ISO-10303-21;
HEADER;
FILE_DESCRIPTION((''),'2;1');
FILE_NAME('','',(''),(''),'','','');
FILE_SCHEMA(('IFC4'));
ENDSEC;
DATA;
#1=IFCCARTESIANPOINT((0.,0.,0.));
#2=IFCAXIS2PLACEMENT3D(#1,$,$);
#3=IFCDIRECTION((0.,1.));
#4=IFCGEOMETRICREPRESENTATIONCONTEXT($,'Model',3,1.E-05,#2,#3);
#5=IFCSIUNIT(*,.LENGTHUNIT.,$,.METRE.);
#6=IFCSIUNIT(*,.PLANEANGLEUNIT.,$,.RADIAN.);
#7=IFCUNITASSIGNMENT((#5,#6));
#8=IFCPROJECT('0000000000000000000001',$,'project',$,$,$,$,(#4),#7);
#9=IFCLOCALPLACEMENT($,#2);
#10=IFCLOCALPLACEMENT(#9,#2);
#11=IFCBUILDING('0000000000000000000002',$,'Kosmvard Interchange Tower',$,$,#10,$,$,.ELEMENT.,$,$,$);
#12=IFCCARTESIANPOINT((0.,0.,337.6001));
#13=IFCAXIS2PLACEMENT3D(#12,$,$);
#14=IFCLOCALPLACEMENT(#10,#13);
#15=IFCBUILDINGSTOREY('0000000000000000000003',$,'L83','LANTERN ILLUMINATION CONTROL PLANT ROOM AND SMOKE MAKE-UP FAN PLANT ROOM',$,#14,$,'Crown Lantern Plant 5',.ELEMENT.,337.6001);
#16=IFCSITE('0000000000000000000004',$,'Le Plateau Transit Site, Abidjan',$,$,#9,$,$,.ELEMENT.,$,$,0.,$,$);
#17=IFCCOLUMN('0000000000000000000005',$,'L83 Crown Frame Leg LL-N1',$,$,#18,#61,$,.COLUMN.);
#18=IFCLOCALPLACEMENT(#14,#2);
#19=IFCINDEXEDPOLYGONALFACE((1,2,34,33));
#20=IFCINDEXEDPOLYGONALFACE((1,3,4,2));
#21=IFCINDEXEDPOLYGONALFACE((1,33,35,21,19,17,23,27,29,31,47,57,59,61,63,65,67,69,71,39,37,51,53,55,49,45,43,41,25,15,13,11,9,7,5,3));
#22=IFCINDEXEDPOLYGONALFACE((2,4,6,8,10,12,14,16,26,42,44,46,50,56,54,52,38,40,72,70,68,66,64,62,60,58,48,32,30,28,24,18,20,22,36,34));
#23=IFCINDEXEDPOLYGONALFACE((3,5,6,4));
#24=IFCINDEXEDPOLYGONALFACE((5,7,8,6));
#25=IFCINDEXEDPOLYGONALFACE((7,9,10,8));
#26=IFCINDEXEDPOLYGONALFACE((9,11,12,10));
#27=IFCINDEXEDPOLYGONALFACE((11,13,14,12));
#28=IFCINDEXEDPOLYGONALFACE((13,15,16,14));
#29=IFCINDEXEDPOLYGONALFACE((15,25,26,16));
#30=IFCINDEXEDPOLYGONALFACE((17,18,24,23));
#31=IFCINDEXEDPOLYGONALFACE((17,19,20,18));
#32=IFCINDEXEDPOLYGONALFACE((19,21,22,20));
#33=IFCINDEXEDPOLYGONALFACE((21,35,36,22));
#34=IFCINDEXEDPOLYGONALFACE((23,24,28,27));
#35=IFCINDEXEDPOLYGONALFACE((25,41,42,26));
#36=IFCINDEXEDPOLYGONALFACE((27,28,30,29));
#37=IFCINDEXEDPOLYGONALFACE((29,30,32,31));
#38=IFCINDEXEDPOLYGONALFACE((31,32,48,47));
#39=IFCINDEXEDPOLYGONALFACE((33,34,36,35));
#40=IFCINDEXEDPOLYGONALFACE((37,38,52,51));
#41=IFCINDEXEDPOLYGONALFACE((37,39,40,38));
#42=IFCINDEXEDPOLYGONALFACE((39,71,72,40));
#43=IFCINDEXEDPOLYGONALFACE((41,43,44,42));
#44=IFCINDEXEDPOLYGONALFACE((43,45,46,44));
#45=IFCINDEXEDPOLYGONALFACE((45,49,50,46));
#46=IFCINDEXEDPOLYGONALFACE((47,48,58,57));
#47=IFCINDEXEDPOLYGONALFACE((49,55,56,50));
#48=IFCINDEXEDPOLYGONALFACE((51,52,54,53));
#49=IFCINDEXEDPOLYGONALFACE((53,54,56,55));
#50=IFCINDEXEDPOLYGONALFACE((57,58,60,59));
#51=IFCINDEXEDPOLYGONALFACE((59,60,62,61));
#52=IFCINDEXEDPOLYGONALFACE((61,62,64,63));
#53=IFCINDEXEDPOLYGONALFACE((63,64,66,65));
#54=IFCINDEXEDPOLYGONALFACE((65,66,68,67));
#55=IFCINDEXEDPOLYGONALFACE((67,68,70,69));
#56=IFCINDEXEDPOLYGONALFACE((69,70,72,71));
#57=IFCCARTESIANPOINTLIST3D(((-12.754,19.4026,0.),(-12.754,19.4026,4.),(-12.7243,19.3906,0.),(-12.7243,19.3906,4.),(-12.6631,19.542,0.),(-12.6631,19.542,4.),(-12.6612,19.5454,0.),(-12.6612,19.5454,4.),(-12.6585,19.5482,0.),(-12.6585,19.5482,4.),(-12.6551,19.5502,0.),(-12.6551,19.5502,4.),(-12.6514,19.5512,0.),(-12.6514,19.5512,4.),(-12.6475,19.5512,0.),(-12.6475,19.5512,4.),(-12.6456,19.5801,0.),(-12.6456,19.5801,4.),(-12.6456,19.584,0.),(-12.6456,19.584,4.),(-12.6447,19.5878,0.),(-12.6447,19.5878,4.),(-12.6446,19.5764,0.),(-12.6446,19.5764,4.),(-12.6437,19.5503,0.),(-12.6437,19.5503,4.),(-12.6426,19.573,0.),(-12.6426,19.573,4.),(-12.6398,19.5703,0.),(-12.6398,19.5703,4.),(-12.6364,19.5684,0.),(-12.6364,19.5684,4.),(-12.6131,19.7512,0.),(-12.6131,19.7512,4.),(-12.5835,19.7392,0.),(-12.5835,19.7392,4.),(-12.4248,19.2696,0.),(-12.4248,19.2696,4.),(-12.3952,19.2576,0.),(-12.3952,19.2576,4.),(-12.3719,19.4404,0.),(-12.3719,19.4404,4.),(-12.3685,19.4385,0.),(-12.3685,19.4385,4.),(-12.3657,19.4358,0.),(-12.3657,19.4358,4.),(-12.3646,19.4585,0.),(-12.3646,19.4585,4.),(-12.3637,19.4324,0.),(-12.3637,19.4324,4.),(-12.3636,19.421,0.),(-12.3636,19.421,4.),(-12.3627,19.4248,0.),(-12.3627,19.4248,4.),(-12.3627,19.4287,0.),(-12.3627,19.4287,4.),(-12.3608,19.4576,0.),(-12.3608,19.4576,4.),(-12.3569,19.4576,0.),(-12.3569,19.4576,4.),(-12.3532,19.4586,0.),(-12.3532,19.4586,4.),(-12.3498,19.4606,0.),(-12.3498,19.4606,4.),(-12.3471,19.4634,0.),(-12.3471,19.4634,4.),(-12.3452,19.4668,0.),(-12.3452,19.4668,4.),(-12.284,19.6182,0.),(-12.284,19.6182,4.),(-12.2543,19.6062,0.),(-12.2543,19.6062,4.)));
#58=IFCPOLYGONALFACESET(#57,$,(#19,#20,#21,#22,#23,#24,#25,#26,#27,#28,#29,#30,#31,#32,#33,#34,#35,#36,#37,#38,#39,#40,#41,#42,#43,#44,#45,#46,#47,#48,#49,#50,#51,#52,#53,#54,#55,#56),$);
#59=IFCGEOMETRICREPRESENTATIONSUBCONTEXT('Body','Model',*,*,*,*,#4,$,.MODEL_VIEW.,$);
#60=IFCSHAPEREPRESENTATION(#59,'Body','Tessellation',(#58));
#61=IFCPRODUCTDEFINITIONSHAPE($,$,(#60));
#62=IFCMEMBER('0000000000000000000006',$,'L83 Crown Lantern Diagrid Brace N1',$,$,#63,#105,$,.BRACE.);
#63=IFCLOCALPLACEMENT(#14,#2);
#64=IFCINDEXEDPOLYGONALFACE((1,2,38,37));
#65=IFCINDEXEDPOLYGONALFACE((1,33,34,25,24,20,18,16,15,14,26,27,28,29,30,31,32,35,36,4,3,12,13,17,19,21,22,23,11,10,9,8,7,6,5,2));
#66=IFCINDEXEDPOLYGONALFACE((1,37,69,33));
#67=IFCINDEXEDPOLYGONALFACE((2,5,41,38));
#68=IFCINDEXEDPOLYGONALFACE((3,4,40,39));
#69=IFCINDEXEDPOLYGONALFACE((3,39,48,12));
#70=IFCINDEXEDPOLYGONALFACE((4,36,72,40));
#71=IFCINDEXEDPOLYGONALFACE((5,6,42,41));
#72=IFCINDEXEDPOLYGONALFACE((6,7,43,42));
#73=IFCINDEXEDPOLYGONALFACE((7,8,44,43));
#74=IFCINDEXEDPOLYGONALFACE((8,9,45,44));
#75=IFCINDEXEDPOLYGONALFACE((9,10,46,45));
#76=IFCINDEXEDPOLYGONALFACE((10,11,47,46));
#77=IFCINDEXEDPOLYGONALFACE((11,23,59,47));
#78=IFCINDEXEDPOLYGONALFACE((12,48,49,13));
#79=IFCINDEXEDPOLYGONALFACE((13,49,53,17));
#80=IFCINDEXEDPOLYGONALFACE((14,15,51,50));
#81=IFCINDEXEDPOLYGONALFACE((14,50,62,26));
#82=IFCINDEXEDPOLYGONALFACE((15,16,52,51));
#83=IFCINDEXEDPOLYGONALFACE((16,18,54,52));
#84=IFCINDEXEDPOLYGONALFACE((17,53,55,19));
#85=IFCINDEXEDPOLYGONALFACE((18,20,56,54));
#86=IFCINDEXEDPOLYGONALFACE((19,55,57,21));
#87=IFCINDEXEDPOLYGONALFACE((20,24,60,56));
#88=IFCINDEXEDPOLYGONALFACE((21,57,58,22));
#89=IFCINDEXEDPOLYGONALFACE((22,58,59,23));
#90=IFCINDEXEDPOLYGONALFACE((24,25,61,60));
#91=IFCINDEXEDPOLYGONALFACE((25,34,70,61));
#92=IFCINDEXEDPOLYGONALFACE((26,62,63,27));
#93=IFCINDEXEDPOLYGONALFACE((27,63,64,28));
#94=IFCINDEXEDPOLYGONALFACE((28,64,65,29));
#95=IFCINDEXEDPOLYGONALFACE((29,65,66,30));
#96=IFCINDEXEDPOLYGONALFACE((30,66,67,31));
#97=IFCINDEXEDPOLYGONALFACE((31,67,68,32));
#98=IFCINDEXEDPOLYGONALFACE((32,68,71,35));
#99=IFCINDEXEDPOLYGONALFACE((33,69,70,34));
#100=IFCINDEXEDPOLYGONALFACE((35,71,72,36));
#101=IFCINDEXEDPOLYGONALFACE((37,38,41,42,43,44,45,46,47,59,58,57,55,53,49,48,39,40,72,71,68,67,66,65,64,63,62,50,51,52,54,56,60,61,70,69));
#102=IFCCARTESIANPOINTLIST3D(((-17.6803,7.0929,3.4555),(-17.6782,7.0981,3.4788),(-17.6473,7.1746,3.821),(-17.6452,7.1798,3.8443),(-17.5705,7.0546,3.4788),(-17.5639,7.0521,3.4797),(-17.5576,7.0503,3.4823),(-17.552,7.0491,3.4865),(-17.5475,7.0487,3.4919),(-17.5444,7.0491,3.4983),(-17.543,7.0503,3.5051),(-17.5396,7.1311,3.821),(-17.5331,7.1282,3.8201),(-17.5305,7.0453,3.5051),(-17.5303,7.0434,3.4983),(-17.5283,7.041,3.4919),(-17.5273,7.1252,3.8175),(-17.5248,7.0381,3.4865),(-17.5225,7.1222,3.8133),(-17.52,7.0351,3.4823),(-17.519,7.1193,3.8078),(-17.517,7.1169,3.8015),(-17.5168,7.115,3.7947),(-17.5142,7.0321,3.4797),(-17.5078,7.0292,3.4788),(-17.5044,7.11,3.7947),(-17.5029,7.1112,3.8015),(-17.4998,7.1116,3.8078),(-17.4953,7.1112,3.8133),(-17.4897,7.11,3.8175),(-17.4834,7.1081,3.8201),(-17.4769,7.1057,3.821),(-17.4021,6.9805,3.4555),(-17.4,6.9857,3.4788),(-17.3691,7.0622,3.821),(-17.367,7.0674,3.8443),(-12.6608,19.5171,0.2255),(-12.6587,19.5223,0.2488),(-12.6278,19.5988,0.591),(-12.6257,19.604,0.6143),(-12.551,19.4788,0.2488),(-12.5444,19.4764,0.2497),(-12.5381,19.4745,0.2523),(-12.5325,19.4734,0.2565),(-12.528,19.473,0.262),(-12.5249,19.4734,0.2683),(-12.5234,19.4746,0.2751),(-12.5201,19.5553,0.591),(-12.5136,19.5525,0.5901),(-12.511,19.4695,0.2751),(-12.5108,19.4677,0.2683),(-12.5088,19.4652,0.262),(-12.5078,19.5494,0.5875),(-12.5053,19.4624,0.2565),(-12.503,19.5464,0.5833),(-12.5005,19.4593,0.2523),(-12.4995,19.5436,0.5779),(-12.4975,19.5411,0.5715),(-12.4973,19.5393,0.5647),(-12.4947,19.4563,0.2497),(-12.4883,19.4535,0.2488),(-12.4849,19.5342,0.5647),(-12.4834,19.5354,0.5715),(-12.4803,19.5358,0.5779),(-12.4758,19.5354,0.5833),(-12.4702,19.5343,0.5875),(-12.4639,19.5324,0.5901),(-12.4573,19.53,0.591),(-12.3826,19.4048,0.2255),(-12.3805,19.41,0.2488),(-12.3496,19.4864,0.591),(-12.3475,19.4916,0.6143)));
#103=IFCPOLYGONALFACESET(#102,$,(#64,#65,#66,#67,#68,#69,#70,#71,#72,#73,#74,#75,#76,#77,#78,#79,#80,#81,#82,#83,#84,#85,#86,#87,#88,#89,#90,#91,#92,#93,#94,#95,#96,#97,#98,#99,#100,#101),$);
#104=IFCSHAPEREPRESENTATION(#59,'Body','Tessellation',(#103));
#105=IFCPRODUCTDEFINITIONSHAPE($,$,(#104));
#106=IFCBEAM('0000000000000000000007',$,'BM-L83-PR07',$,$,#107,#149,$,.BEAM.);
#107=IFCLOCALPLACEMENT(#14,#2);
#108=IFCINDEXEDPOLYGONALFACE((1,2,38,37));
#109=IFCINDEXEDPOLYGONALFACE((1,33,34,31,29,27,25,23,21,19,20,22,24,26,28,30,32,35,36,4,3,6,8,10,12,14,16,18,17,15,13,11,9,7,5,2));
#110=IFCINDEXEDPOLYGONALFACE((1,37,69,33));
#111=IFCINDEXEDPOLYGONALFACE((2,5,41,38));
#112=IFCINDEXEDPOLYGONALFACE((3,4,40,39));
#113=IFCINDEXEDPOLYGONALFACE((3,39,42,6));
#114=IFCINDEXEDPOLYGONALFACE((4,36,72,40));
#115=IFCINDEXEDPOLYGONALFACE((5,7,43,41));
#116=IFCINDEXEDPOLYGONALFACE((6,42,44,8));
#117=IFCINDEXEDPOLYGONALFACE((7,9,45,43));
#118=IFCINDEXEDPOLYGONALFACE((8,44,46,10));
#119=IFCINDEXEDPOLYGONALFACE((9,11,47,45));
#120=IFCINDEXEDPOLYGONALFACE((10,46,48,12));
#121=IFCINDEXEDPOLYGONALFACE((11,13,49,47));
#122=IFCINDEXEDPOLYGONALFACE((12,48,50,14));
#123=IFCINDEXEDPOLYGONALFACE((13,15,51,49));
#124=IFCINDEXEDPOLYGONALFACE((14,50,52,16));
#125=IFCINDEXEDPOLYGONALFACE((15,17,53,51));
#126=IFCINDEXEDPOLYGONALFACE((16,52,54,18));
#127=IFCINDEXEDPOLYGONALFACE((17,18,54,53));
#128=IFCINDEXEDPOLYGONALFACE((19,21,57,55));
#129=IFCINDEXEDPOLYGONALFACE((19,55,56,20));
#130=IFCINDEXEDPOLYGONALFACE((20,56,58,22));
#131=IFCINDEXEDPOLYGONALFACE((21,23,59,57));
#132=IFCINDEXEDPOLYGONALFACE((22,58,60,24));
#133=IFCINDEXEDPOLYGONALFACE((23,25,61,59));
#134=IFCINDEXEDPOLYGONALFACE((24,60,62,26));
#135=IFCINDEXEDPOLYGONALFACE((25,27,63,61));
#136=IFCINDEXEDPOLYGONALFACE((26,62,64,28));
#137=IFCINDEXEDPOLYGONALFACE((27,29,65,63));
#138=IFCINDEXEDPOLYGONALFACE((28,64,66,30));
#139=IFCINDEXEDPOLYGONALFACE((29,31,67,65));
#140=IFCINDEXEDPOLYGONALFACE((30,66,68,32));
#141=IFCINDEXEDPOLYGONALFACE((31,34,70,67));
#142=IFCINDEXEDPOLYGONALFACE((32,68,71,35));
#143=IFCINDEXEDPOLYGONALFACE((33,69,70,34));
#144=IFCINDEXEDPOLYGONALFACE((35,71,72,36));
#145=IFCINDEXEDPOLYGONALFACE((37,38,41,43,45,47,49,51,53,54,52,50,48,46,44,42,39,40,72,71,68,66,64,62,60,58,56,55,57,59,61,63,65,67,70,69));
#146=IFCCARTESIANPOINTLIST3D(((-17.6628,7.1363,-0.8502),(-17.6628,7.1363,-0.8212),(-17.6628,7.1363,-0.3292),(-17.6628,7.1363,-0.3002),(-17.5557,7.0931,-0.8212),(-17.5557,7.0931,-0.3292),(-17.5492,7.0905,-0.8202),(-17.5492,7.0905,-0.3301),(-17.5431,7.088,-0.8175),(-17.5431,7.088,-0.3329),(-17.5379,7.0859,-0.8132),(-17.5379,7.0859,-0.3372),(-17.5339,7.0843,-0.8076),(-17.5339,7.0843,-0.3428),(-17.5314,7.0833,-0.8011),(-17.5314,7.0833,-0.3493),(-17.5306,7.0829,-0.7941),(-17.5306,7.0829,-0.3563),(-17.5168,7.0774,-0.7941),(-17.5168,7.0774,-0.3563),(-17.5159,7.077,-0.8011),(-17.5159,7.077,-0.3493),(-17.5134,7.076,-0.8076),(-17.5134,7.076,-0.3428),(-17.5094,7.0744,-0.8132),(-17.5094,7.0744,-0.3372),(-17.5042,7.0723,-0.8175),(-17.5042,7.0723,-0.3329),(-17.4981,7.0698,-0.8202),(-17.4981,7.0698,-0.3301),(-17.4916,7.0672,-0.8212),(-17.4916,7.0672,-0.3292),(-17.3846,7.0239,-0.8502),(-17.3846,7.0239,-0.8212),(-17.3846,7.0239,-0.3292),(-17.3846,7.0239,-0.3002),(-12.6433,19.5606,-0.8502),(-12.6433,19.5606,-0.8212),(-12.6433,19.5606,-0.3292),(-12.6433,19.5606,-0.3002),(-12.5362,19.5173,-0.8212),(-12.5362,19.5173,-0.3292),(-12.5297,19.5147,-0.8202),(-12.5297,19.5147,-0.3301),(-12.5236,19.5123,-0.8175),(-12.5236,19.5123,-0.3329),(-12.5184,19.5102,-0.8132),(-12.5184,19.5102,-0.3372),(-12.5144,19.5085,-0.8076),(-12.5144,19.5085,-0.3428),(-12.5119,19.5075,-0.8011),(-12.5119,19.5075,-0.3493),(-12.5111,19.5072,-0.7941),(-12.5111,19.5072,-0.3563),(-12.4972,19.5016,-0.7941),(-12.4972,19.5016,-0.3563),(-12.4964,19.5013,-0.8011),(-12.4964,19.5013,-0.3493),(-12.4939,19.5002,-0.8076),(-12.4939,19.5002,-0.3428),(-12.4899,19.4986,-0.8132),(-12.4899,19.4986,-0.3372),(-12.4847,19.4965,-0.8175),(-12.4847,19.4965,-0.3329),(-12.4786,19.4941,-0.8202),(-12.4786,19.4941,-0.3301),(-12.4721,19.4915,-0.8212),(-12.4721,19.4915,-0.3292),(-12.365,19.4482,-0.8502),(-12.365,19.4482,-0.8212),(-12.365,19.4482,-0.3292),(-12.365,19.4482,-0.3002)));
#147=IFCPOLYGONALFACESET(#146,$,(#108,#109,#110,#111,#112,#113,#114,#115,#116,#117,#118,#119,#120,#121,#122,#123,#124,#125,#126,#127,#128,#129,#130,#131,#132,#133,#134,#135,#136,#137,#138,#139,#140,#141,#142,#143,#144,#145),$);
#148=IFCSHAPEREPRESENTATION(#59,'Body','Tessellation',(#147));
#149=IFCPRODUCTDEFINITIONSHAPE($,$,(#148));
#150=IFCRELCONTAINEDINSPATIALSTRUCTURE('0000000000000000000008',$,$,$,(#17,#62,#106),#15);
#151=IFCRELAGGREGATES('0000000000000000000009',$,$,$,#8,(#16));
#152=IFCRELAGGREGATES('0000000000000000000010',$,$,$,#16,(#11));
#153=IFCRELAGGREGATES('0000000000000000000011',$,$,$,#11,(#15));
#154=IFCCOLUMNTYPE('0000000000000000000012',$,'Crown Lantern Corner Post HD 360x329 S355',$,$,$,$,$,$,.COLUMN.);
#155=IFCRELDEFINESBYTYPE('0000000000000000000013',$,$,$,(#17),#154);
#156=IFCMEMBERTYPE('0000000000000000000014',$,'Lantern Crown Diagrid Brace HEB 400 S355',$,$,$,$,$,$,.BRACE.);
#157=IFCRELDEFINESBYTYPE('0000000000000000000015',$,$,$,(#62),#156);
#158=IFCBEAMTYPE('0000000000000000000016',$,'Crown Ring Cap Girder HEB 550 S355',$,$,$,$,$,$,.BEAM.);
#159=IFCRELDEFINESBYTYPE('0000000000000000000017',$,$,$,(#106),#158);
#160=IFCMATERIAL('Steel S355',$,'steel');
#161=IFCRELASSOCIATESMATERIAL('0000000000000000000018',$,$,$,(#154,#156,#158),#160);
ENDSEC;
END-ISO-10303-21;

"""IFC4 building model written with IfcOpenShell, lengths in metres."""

from ifc_helpers import new_model, si_unit, direction, frame, origin, origin_2d, place, context, subcontext, project, spatial, i_section, extrude, source, transform, mapped, material, material_profile, profile_set, type_object, element, save


model = new_model("IFC4")

# Units and contexts
model_context = context("Model", 3, precision=1e-05, world=origin(), true_north=direction((0.0, 1.0)))
body_context = subcontext(model_context, "Body", "Model", "MODEL_VIEW")
ifc_project = project(units=[si_unit("LENGTHUNIT", "METRE"), si_unit("PLANEANGLEUNIT", "RADIAN")], contexts=[model_context])

# Site, building, storey
site_placement = place(None, origin())
site = spatial("IfcSite", under=ifc_project, at=site_placement, Name="Le Plateau Transit Site, Abidjan", CompositionType="ELEMENT", RefElevation=0.0)
building_placement = place(site_placement, origin())
building = spatial("IfcBuilding", under=site, at=building_placement, Name="Kosmvard Interchange Tower", CompositionType="ELEMENT")
storey_placement = place(building_placement, frame((0.0, 0.0, 337.6001)))
storey = spatial("IfcBuildingStorey", under=building, at=storey_placement, Name="L83", Description="LANTERN ILLUMINATION CONTROL PLANT ROOM AND SMOKE MAKE-UP FAN PLANT ROOM", LongName="Crown Lantern Plant 5", CompositionType="ELEMENT", Elevation=337.6001)

# Column
ifc_material_1 = material(Name="Steel S355", Category="steel")
ifc_material_profile_1 = material_profile(ifc_material_1, i_section(OverallWidth=0.376, OverallDepth=0.387, WebThickness=0.0195, FlangeThickness=0.032, FilletRadius=0.0149, at=origin_2d()), Name="HD 360x329")
ifc_profile_set_1 = profile_set([ifc_material_profile_1], Name="Steel S355")
column_type = type_object("IfcColumnType", Name="Crown Lantern Corner Post HD 360x329 S355", PredefinedType="COLUMN", material=ifc_profile_set_1)
shared_shape_1 = source(origin(), body_context, "Body", "SweptSolid", [
    extrude(i_section(OverallWidth=0.376, OverallDepth=0.387, WebThickness=0.0195, FlangeThickness=0.032, FilletRadius=0.0149, at=origin_2d()), origin(), (0.0, 0.0, 1.0), 4.0),
])
column_placement = place(storey_placement, frame((-12.5042, 19.5044, 0.0), z_axis=(0.0, 0.0, 1.0), x_axis=(0.374607, 0.927184, 0.0)))
element("IfcColumn", 1, at=column_placement, inside=storey, type_object=column_type, Name="L83 Crown Frame Leg LL-N1", PredefinedType="COLUMN", context=body_context, shape_type="MappedRepresentation", body=[
    mapped(shared_shape_1, transform((0.0, 0.0, 0.0), scale=1.0)),
])

# Member
ifc_material_profile_2 = material_profile(ifc_material_1, i_section(OverallWidth=0.3, OverallDepth=0.3999, WebThickness=0.0134, FlangeThickness=0.0239, FilletRadius=0.0271, at=origin_2d()), Name="HEB 400")
ifc_profile_set_2 = profile_set([ifc_material_profile_2], Name="Steel S355")
member_type_1 = type_object("IfcMemberType", Name="Lantern Crown Diagrid Brace HEB 400 S355", PredefinedType="BRACE", material=ifc_profile_set_2)
shared_shape_2 = source(origin(), body_context, "Body", "SweptSolid", [
    extrude(i_section(OverallWidth=0.3, OverallDepth=0.3999, WebThickness=0.0134, FlangeThickness=0.0239, FilletRadius=0.0271, at=origin_2d()), origin(), (0.0, 0.0, 1.0), 13.7837),
])
member_1_placement = place(storey_placement, frame((-12.5042, 19.5044, 0.4199), z_axis=(-0.364163, -0.901373, 0.234332), x_axis=(0.92719, -0.374593, 0.0)))
element("IfcMember", 2, at=member_1_placement, inside=storey, type_object=member_type_1, Name="L83 Crown Lantern Diagrid Brace N1", PredefinedType="BRACE", context=body_context, shape_type="MappedRepresentation", body=[
    mapped(shared_shape_2, transform((0.0, 0.0, 0.0), scale=1.0)),
])

# Beam
ifc_material_profile_3 = material_profile(ifc_material_1, i_section(OverallWidth=0.3, OverallDepth=0.55, WebThickness=0.0149, FlangeThickness=0.0291, FilletRadius=0.0271, at=origin_2d()), Name="HEB 550")
ifc_profile_set_3 = profile_set([ifc_material_profile_3], Name="Steel S355")
beam_type_1 = type_object("IfcBeamType", Name="Crown Ring Cap Girder HEB 550 S355", PredefinedType="BEAM", material=ifc_profile_set_3)
shared_shape_3 = source(origin(), body_context, "Body", "SweptSolid", [
    extrude(i_section(OverallWidth=0.3, OverallDepth=0.55, WebThickness=0.0149, FlangeThickness=0.0291, FilletRadius=0.0271, at=origin_2d()), origin(), (0.0, 0.0, 1.0), 13.3999),
])
beam_1_placement = place(storey_placement, frame((-12.5042, 19.5044, -0.5752), z_axis=(-0.374593, -0.92719, 0.0), x_axis=(0.92719, -0.374593, 0.0)))
element("IfcBeam", 3, at=beam_1_placement, inside=storey, type_object=beam_type_1, Name="BM-L83-PR07", PredefinedType="BEAM", context=body_context, shape_type="MappedRepresentation", body=[
    mapped(shared_shape_3, transform((0.0, 0.0, 0.0), scale=1.0)),
])

save(model, "model.ifc")
